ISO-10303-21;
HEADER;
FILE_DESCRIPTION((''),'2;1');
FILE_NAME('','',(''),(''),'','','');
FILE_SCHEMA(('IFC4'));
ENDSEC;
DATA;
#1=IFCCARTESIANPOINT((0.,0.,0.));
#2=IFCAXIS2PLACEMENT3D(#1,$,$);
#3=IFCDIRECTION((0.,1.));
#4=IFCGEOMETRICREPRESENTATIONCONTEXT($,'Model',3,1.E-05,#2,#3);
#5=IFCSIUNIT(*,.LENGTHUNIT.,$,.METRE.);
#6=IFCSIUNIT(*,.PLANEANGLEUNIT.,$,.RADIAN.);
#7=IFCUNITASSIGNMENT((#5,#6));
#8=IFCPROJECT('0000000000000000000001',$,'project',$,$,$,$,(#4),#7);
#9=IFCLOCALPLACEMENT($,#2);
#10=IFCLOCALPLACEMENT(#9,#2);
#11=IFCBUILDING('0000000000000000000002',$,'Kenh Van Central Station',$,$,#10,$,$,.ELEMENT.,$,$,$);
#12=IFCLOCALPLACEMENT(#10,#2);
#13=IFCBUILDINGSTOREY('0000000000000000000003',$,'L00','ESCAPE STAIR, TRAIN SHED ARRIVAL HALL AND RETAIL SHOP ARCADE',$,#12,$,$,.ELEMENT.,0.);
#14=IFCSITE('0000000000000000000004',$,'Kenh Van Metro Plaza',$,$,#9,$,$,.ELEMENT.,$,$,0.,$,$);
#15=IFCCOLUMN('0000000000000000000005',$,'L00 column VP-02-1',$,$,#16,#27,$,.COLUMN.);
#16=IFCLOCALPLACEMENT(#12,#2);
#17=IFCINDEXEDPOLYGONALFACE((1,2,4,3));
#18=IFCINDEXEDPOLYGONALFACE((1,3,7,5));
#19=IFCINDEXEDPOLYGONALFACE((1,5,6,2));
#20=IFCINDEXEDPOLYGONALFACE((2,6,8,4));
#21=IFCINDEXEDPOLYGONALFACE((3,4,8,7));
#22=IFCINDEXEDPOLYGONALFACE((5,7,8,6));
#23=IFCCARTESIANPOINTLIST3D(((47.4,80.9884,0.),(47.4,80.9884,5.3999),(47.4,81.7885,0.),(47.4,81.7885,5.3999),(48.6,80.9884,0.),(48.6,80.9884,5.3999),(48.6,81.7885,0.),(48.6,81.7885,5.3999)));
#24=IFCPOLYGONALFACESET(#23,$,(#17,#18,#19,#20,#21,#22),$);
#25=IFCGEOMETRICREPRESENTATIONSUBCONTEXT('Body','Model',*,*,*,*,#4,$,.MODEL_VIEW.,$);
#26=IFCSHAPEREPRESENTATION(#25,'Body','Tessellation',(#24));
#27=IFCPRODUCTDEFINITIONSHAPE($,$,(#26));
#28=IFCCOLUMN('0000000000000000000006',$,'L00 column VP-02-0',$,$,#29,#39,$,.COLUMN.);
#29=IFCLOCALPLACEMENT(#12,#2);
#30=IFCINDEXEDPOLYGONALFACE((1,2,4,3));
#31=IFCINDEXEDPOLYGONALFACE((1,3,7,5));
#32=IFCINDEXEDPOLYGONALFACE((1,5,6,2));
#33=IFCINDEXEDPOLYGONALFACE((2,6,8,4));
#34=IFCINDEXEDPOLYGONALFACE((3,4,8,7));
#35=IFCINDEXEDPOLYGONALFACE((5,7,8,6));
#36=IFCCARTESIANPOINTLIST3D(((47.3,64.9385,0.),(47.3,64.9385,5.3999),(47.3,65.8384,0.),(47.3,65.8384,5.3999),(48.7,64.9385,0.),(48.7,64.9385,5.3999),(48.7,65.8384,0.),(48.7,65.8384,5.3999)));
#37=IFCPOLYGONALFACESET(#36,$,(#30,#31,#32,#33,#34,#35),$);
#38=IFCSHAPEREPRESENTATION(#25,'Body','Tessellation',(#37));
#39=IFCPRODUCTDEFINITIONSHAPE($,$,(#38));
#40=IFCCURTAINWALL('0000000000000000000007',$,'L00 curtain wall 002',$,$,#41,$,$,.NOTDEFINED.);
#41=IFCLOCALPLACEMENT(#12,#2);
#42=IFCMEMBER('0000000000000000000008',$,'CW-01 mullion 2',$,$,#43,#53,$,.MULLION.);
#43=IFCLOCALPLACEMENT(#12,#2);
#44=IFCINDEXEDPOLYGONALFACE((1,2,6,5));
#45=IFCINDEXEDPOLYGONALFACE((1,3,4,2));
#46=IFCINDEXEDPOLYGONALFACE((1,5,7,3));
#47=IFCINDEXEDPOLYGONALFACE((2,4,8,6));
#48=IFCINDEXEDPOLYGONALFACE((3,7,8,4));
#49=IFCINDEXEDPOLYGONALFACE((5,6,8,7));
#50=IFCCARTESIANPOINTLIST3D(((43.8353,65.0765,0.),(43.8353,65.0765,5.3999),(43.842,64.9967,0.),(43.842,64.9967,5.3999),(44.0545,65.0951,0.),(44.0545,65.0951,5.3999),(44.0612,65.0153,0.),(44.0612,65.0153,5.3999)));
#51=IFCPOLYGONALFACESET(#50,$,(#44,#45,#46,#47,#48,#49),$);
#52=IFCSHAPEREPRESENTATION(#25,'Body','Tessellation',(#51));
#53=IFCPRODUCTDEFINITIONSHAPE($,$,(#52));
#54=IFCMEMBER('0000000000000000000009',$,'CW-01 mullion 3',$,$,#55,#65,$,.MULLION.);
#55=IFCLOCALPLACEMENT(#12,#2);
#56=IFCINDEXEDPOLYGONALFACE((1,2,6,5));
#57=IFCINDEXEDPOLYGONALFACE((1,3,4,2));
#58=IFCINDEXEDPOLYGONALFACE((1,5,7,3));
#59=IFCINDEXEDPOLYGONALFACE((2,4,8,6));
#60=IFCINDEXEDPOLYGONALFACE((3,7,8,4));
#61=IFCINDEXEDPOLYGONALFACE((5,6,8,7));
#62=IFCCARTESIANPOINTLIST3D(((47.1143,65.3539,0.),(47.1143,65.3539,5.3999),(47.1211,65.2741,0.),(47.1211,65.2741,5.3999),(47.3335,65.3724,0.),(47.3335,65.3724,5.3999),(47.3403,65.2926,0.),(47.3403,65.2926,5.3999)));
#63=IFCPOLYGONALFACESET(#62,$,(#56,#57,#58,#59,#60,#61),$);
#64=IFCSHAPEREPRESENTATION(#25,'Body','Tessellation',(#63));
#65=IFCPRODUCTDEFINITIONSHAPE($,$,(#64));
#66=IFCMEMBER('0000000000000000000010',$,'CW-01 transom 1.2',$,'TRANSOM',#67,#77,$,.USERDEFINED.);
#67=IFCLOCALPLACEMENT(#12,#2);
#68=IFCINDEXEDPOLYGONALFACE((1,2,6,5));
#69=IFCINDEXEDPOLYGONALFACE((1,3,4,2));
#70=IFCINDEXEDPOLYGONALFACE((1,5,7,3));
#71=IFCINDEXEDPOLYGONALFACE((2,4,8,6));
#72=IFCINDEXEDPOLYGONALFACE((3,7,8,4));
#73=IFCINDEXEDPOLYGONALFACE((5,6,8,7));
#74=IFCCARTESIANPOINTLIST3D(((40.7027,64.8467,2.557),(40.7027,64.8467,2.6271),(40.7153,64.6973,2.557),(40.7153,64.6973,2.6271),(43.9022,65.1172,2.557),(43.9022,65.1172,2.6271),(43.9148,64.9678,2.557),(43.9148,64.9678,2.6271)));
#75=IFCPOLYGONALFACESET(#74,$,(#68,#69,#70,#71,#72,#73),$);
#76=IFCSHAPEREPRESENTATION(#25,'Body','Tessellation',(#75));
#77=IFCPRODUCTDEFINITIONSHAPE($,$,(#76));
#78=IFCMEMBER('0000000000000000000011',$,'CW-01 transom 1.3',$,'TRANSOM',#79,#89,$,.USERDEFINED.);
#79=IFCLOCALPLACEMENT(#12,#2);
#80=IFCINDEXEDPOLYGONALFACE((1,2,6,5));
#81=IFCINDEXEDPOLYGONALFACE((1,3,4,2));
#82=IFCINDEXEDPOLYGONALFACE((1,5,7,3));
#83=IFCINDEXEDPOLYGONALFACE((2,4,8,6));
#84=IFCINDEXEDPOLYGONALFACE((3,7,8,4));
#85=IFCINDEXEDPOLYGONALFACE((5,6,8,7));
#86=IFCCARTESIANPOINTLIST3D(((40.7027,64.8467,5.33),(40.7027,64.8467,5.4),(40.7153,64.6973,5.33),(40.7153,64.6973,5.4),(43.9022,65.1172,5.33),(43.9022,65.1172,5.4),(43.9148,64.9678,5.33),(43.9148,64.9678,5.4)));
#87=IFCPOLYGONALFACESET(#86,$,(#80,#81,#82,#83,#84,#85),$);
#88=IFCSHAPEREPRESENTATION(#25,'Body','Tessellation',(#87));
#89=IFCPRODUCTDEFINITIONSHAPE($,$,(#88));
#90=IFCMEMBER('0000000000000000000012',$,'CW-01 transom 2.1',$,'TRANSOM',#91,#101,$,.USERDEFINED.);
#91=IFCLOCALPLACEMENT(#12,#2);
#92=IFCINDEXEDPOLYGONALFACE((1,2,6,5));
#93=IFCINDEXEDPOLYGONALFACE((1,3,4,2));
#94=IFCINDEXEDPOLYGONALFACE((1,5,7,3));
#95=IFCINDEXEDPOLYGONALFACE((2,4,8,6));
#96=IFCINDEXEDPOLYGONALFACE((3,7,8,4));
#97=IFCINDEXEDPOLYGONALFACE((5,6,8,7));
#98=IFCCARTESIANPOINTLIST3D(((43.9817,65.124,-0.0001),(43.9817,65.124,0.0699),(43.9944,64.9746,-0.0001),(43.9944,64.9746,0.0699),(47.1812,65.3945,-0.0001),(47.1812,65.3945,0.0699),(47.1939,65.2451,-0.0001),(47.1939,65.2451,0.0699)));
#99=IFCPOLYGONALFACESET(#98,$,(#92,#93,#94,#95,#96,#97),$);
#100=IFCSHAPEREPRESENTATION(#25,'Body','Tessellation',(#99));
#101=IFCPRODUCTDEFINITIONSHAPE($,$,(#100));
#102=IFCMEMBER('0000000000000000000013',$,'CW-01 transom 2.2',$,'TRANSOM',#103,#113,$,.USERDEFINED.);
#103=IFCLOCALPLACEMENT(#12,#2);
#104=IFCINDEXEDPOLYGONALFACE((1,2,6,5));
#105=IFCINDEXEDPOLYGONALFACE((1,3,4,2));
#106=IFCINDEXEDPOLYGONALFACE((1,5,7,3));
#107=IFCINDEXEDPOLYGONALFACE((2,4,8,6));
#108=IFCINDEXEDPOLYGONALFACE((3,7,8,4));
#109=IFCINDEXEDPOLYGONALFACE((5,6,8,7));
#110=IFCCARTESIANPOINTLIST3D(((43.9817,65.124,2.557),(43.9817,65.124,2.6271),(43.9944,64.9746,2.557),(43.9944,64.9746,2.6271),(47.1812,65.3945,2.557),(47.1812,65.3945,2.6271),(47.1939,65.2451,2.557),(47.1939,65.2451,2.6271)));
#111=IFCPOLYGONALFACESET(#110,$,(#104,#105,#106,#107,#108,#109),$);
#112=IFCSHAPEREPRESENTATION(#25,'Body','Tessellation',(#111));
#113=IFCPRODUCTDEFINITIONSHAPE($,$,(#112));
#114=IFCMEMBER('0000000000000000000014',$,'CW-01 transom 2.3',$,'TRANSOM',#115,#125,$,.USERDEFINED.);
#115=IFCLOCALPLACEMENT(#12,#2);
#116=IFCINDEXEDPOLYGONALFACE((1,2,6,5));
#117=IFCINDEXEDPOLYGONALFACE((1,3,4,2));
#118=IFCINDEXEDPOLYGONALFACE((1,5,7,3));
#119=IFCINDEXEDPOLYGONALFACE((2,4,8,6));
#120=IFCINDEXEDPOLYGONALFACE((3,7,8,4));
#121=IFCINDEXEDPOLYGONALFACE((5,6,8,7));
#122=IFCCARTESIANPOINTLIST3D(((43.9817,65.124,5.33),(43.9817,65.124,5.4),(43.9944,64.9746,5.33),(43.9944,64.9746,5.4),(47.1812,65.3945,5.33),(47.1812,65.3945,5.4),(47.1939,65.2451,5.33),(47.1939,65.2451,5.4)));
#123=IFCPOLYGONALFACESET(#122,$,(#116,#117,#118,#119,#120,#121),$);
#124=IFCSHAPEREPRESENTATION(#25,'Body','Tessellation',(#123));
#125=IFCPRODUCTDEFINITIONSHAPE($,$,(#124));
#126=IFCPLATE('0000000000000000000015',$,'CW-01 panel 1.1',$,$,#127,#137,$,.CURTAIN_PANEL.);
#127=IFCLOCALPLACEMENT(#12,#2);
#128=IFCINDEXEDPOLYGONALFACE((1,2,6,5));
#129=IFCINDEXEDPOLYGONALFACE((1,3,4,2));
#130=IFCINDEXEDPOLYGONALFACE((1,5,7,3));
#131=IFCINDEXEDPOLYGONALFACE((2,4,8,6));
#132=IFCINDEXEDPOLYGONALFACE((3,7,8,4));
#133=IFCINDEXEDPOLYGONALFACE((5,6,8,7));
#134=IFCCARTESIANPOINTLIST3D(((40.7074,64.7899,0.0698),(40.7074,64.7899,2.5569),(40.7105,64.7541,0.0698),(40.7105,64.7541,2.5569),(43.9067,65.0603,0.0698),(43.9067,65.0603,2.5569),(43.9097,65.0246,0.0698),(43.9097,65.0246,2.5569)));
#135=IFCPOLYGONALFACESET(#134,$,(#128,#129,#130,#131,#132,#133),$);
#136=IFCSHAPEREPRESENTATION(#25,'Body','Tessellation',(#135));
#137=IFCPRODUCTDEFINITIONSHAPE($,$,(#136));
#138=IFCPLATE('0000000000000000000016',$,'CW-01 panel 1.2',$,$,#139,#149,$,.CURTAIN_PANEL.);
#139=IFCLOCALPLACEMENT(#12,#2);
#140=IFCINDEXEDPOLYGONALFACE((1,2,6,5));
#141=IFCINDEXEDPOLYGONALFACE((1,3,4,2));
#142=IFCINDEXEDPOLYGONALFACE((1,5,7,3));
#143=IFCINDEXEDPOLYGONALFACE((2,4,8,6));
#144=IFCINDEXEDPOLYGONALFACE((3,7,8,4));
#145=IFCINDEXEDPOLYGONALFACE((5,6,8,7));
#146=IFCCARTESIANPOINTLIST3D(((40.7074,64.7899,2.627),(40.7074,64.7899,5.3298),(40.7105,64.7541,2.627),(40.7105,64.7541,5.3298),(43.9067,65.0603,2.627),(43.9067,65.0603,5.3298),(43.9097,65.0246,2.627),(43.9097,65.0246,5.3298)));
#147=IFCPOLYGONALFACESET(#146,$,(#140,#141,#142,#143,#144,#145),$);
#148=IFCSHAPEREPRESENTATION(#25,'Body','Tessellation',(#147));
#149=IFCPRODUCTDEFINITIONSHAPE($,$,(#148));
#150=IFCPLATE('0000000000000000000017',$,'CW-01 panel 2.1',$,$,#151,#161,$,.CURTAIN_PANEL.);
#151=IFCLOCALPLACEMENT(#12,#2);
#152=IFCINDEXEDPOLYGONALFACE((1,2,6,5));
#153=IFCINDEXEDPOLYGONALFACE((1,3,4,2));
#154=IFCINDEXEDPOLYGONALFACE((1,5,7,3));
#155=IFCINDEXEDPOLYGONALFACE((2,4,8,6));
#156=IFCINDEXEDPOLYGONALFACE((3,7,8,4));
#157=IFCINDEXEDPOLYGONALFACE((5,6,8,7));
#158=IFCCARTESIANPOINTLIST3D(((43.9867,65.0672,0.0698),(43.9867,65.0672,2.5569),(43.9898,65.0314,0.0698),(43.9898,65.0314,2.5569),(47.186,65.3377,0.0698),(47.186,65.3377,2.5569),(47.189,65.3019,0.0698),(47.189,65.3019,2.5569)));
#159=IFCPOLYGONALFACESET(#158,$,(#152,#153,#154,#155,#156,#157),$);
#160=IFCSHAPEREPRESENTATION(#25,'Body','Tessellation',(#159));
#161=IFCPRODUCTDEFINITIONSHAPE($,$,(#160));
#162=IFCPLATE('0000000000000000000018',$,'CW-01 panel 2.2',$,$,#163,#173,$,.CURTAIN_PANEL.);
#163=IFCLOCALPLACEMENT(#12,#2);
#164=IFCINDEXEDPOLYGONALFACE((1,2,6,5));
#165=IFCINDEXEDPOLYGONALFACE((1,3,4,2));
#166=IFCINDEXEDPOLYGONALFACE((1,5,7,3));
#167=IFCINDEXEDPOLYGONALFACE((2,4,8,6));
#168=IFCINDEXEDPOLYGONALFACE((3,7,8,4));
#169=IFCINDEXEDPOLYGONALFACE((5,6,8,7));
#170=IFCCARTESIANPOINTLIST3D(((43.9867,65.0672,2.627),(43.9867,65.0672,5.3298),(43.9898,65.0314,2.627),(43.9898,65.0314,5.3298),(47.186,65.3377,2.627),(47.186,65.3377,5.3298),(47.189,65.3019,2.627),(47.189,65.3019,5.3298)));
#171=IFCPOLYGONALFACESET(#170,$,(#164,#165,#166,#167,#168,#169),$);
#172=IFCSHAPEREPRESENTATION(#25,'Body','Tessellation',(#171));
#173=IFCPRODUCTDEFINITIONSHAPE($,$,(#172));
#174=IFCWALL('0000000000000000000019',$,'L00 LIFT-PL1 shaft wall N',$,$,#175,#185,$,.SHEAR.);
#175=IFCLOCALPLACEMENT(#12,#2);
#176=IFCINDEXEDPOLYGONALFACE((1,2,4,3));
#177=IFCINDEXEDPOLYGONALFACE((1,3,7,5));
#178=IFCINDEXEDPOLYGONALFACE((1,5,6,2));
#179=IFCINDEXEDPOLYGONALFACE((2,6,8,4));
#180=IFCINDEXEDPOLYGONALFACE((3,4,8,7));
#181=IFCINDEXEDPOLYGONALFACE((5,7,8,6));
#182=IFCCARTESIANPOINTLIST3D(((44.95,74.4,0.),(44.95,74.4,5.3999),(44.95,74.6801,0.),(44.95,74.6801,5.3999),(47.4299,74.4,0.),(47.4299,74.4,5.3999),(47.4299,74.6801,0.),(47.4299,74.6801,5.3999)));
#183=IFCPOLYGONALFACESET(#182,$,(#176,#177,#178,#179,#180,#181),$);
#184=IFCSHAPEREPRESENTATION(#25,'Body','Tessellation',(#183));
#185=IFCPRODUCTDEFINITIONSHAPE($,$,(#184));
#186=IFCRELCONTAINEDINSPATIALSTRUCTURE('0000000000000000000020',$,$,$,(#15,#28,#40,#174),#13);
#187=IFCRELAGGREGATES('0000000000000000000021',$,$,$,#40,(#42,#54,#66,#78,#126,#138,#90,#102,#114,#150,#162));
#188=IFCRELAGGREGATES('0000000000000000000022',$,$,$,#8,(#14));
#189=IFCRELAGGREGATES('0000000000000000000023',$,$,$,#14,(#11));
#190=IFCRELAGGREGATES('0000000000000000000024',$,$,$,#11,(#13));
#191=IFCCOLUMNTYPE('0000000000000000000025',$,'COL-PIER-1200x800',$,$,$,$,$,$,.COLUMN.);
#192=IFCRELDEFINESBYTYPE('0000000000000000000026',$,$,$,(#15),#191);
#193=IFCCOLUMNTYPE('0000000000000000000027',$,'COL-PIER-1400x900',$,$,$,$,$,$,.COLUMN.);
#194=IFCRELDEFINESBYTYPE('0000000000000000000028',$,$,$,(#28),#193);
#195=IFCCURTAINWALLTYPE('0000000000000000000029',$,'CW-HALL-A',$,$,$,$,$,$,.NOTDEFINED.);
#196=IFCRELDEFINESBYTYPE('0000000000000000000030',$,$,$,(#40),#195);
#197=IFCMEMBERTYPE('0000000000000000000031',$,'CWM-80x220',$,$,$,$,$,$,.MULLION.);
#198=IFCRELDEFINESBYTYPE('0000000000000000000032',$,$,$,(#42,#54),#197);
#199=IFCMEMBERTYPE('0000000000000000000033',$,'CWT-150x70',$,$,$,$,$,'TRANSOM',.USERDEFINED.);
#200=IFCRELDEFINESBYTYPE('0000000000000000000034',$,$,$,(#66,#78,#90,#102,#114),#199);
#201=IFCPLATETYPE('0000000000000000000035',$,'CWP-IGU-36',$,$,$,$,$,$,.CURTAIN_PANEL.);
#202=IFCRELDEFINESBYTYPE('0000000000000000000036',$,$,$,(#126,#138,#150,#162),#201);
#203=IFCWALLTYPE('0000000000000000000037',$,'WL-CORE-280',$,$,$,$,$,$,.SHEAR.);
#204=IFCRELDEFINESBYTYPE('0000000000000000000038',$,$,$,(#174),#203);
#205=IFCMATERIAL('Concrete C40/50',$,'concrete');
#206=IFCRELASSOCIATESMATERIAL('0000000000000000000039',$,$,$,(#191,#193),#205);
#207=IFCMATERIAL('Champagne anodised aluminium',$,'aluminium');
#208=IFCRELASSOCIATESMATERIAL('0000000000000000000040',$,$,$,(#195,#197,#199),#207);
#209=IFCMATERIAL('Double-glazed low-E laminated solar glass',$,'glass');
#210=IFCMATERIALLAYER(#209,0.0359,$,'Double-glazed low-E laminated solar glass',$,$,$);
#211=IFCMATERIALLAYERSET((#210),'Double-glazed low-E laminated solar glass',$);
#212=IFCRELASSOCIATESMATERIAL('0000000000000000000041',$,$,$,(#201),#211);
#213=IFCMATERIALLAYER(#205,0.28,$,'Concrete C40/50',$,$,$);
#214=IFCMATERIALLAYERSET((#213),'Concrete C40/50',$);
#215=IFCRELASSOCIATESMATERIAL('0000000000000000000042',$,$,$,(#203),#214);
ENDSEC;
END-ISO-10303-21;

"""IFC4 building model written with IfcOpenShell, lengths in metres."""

from ifc_helpers import new_model, si_unit, direction, frame, frame_2d, origin, origin_2d, place, context, subcontext, project, spatial, rectangle, extrude, material, layer, layer_set, material_profile, profile_set, type_object, element, aggregate, save


model = new_model("IFC4")

# Units and contexts
model_context = context("Model", 3, precision=1e-05, world=origin(), true_north=direction((0.0, 1.0)))
body_context = subcontext(model_context, "Body", "Model", "MODEL_VIEW")
ifc_project = project(units=[si_unit("LENGTHUNIT", "METRE"), si_unit("PLANEANGLEUNIT", "RADIAN")], contexts=[model_context])

# Site, building, storey
site_placement = place(None, origin())
site = spatial("IfcSite", under=ifc_project, at=site_placement, Name="Kenh Van Metro Plaza", CompositionType="ELEMENT", RefElevation=0.0)
building_placement = place(site_placement, origin())
building = spatial("IfcBuilding", under=site, at=building_placement, Name="Kenh Van Central Station", CompositionType="ELEMENT")
storey_placement = place(building_placement, origin())
storey = spatial("IfcBuildingStorey", under=building, at=storey_placement, Name="L00", Description="ESCAPE STAIR, TRAIN SHED ARRIVAL HALL AND RETAIL SHOP ARCADE", CompositionType="ELEMENT", Elevation=0.0)

# Columns
ifc_material_1 = material(Name="Concrete C40/50", Category="concrete")
ifc_material_profile_1 = material_profile(ifc_material_1, rectangle(XDim=1.2, YDim=0.8, at=origin_2d()), Name="RC 1200x800")
ifc_profile_set_1 = profile_set([ifc_material_profile_1], Name="Concrete C40/50")
column_type_1 = type_object("IfcColumnType", Name="COL-PIER-1200x800", PredefinedType="COLUMN", material=ifc_profile_set_1)
column_1_placement = place(storey_placement, frame((48.0, 81.3884, 0.0), z_axis=(0.0, 0.0, 1.0), x_axis=(1.0, 0.0, 0.0)))
element("IfcColumn", 1, at=column_1_placement, inside=storey, type_object=column_type_1, Name="L00 column VP-02-1", PredefinedType="COLUMN", context=body_context, shape_type="SweptSolid", body=[
    extrude(rectangle(XDim=1.2, YDim=0.8, at=origin_2d()), origin(), (0.0, 0.0, 1.0), 5.3999),
])
ifc_material_profile_2 = material_profile(ifc_material_1, rectangle(XDim=1.3999, YDim=0.8999, at=origin_2d()), Name="RC 1400x900")
ifc_profile_set_2 = profile_set([ifc_material_profile_2], Name="Concrete C40/50")
column_type_2 = type_object("IfcColumnType", Name="COL-PIER-1400x900", PredefinedType="COLUMN", material=ifc_profile_set_2)
column_2_placement = place(storey_placement, frame((48.0, 65.3884, 0.0), z_axis=(0.0, 0.0, 1.0), x_axis=(1.0, 0.0, 0.0)))
element("IfcColumn", 2, at=column_2_placement, inside=storey, type_object=column_type_2, Name="L00 column VP-02-0", PredefinedType="COLUMN", context=body_context, shape_type="SweptSolid", body=[
    extrude(rectangle(XDim=1.3999, YDim=0.8999, at=origin_2d()), origin(), (0.0, 0.0, 1.0), 5.3999),
])

# Curtain wall, members, plates
ifc_material_2 = material(Name="Champagne anodised aluminium", Category="aluminium")
curtain_wall_type = type_object("IfcCurtainWallType", Name="CW-HALL-A", PredefinedType="NOTDEFINED", material=ifc_material_2)
curtain_wall_placement = place(storey_placement, origin())
curtain_wall = element("IfcCurtainWall", 3, at=curtain_wall_placement, inside=storey, type_object=curtain_wall_type, Name="L00 curtain wall 002", PredefinedType="NOTDEFINED")
ifc_material_profile_3 = material_profile(ifc_material_2, rectangle(XDim=0.0801, YDim=0.22, at=origin_2d()), Name="AL 80x220")
ifc_profile_set_3 = profile_set([ifc_material_profile_3], Name="Champagne anodised aluminium")
member_type_1 = type_object("IfcMemberType", Name="CWM-80x220", PredefinedType="MULLION", material=ifc_profile_set_3)
member_1_placement = place(storey_placement, frame((43.9482, 65.0459, 0.0), z_axis=(0.0, 0.0, 1.0), x_axis=(-0.084244, 0.996445, 0.0)))
member_1 = element("IfcMember", 4, at=member_1_placement, type_object=member_type_1, Name="CW-01 mullion 2", PredefinedType="MULLION", context=body_context, shape_type="SweptSolid", body=[
    extrude(rectangle(XDim=0.0801, YDim=0.22, at=origin_2d()), origin(), (0.0, 0.0, 1.0), 5.3999),
])
member_2_placement = place(storey_placement, frame((47.2273, 65.3232, 0.0), z_axis=(0.0, 0.0, 1.0), x_axis=(-0.084244, 0.996445, 0.0)))
member_2 = element("IfcMember", 5, at=member_2_placement, type_object=member_type_1, Name="CW-01 mullion 3", PredefinedType="MULLION", context=body_context, shape_type="SweptSolid", body=[
    extrude(rectangle(XDim=0.0801, YDim=0.22, at=origin_2d()), origin(), (0.0, 0.0, 1.0), 5.3999),
])
ifc_material_profile_4 = material_profile(ifc_material_2, rectangle(XDim=0.1499, YDim=0.0701, at=origin_2d()), Name="AL 150x70")
ifc_profile_set_4 = profile_set([ifc_material_profile_4], Name="Champagne anodised aluminium")
member_type_2 = type_object("IfcMemberType", Name="CWT-150x70", ElementType="TRANSOM", PredefinedType="USERDEFINED", material=ifc_profile_set_4)
member_3_placement = place(storey_placement, frame((40.709, 64.772, 2.592), z_axis=(0.996445, 0.084247, 0.0), x_axis=(-0.084247, 0.996445, 0.0)))
member_3 = element("IfcMember", 6, at=member_3_placement, type_object=member_type_2, Name="CW-01 transom 1.2", ObjectType="TRANSOM", PredefinedType="USERDEFINED", context=body_context, shape_type="SweptSolid", body=[
    extrude(rectangle(XDim=0.1499, YDim=0.0701, at=origin_2d()), origin(), (0.0, 0.0, 1.0), 3.2109),
])
member_4_placement = place(storey_placement, frame((40.709, 64.772, 5.365), z_axis=(0.996445, 0.084247, 0.0), x_axis=(-0.084247, 0.996445, 0.0)))
member_4 = element("IfcMember", 7, at=member_4_placement, type_object=member_type_2, Name="CW-01 transom 1.3", ObjectType="TRANSOM", PredefinedType="USERDEFINED", context=body_context, shape_type="SweptSolid", body=[
    extrude(rectangle(XDim=0.1499, YDim=0.0701, at=origin_2d()), origin(), (0.0, 0.0, 1.0), 3.2109),
])
member_5_placement = place(storey_placement, frame((43.988, 65.0493, 0.0349), z_axis=(0.996445, 0.084247, 0.0), x_axis=(-0.084247, 0.996445, 0.0)))
member_5 = element("IfcMember", 8, at=member_5_placement, type_object=member_type_2, Name="CW-01 transom 2.1", ObjectType="TRANSOM", PredefinedType="USERDEFINED", context=body_context, shape_type="SweptSolid", body=[
    extrude(rectangle(XDim=0.1499, YDim=0.0701, at=origin_2d()), origin(), (0.0, 0.0, 1.0), 3.2109),
])
member_6_placement = place(storey_placement, frame((43.988, 65.0493, 2.592), z_axis=(0.996445, 0.084247, 0.0), x_axis=(-0.084247, 0.996445, 0.0)))
member_6 = element("IfcMember", 9, at=member_6_placement, type_object=member_type_2, Name="CW-01 transom 2.2", ObjectType="TRANSOM", PredefinedType="USERDEFINED", context=body_context, shape_type="SweptSolid", body=[
    extrude(rectangle(XDim=0.1499, YDim=0.0701, at=origin_2d()), origin(), (0.0, 0.0, 1.0), 3.2109),
])
member_7_placement = place(storey_placement, frame((43.988, 65.0493, 5.365), z_axis=(0.996445, 0.084247, 0.0), x_axis=(-0.084247, 0.996445, 0.0)))
member_7 = element("IfcMember", 10, at=member_7_placement, type_object=member_type_2, Name="CW-01 transom 2.3", ObjectType="TRANSOM", PredefinedType="USERDEFINED", context=body_context, shape_type="SweptSolid", body=[
    extrude(rectangle(XDim=0.1499, YDim=0.0701, at=origin_2d()), origin(), (0.0, 0.0, 1.0), 3.2109),
])
ifc_material_3 = material(Name="Double-glazed low-E laminated solar glass", Category="glass")
ifc_layer_1 = layer(ifc_material_3, 0.0359, Name="Double-glazed low-E laminated solar glass")
ifc_layer_set_1 = layer_set([ifc_layer_1], Name="Double-glazed low-E laminated solar glass")
plate_type = type_object("IfcPlateType", Name="CWP-IGU-36", PredefinedType="CURTAIN_PANEL", material=ifc_layer_set_1)
plate_1_placement = place(storey_placement, frame((42.3086, 64.9072, 0.0698), z_axis=(0.0, 0.0, 1.0), x_axis=(0.996445, 0.084244, 0.0)))
plate_1 = element("IfcPlate", 11, at=plate_1_placement, type_object=plate_type, Name="CW-01 panel 1.1", PredefinedType="CURTAIN_PANEL", context=body_context, shape_type="SweptSolid", body=[
    extrude(rectangle(XDim=3.2107, YDim=0.0359, at=origin_2d()), origin(), (0.0, 0.0, 1.0), 2.4871),
])
plate_2_placement = place(storey_placement, frame((42.3086, 64.9072, 2.627), z_axis=(0.0, 0.0, 1.0), x_axis=(0.996445, 0.084244, 0.0)))
plate_2 = element("IfcPlate", 12, at=plate_2_placement, type_object=plate_type, Name="CW-01 panel 1.2", PredefinedType="CURTAIN_PANEL", context=body_context, shape_type="SweptSolid", body=[
    extrude(rectangle(XDim=3.2107, YDim=0.0359, at=origin_2d()), origin(), (0.0, 0.0, 1.0), 2.7029),
])
plate_3_placement = place(storey_placement, frame((45.5879, 65.1846, 0.0698), z_axis=(0.0, 0.0, 1.0), x_axis=(0.996445, 0.084244, 0.0)))
plate_3 = element("IfcPlate", 13, at=plate_3_placement, type_object=plate_type, Name="CW-01 panel 2.1", PredefinedType="CURTAIN_PANEL", context=body_context, shape_type="SweptSolid", body=[
    extrude(rectangle(XDim=3.2107, YDim=0.0359, at=origin_2d()), origin(), (0.0, 0.0, 1.0), 2.4871),
])
plate_4_placement = place(storey_placement, frame((45.5879, 65.1846, 2.627), z_axis=(0.0, 0.0, 1.0), x_axis=(0.996445, 0.084244, 0.0)))
plate_4 = element("IfcPlate", 14, at=plate_4_placement, type_object=plate_type, Name="CW-01 panel 2.2", PredefinedType="CURTAIN_PANEL", context=body_context, shape_type="SweptSolid", body=[
    extrude(rectangle(XDim=3.2107, YDim=0.0359, at=origin_2d()), origin(), (0.0, 0.0, 1.0), 2.7029),
])
aggregate(curtain_wall, [member_1, member_2, member_3, member_4, plate_1, plate_2, member_5, member_6, member_7, plate_3, plate_4])

# Shared definitions
ifc_layer_2 = layer(ifc_material_1, 0.28, Name="Concrete C40/50")
ifc_layer_set_2 = layer_set([ifc_layer_2], Name="Concrete C40/50")
wall_type_1 = type_object("IfcWallType", Name="WL-CORE-280", PredefinedType="SHEAR", material=ifc_layer_set_2)

# Wall
wall_1_placement = place(storey_placement, frame((44.95, 74.54, 0.0), z_axis=(0.0, 0.0, 1.0), x_axis=(1.0, 0.0, 0.0)))
element("IfcWall", 15, at=wall_1_placement, inside=storey, type_object=wall_type_1, Name="L00 LIFT-PL1 shaft wall N", PredefinedType="SHEAR", context=body_context, shape_type="SweptSolid", body=[
    extrude(rectangle(XDim=2.48, YDim=0.28, at=frame_2d((1.24, 0.0))), origin(), (0.0, 0.0, 1.0), 5.3999),
])

save(model, "model.ifc")
